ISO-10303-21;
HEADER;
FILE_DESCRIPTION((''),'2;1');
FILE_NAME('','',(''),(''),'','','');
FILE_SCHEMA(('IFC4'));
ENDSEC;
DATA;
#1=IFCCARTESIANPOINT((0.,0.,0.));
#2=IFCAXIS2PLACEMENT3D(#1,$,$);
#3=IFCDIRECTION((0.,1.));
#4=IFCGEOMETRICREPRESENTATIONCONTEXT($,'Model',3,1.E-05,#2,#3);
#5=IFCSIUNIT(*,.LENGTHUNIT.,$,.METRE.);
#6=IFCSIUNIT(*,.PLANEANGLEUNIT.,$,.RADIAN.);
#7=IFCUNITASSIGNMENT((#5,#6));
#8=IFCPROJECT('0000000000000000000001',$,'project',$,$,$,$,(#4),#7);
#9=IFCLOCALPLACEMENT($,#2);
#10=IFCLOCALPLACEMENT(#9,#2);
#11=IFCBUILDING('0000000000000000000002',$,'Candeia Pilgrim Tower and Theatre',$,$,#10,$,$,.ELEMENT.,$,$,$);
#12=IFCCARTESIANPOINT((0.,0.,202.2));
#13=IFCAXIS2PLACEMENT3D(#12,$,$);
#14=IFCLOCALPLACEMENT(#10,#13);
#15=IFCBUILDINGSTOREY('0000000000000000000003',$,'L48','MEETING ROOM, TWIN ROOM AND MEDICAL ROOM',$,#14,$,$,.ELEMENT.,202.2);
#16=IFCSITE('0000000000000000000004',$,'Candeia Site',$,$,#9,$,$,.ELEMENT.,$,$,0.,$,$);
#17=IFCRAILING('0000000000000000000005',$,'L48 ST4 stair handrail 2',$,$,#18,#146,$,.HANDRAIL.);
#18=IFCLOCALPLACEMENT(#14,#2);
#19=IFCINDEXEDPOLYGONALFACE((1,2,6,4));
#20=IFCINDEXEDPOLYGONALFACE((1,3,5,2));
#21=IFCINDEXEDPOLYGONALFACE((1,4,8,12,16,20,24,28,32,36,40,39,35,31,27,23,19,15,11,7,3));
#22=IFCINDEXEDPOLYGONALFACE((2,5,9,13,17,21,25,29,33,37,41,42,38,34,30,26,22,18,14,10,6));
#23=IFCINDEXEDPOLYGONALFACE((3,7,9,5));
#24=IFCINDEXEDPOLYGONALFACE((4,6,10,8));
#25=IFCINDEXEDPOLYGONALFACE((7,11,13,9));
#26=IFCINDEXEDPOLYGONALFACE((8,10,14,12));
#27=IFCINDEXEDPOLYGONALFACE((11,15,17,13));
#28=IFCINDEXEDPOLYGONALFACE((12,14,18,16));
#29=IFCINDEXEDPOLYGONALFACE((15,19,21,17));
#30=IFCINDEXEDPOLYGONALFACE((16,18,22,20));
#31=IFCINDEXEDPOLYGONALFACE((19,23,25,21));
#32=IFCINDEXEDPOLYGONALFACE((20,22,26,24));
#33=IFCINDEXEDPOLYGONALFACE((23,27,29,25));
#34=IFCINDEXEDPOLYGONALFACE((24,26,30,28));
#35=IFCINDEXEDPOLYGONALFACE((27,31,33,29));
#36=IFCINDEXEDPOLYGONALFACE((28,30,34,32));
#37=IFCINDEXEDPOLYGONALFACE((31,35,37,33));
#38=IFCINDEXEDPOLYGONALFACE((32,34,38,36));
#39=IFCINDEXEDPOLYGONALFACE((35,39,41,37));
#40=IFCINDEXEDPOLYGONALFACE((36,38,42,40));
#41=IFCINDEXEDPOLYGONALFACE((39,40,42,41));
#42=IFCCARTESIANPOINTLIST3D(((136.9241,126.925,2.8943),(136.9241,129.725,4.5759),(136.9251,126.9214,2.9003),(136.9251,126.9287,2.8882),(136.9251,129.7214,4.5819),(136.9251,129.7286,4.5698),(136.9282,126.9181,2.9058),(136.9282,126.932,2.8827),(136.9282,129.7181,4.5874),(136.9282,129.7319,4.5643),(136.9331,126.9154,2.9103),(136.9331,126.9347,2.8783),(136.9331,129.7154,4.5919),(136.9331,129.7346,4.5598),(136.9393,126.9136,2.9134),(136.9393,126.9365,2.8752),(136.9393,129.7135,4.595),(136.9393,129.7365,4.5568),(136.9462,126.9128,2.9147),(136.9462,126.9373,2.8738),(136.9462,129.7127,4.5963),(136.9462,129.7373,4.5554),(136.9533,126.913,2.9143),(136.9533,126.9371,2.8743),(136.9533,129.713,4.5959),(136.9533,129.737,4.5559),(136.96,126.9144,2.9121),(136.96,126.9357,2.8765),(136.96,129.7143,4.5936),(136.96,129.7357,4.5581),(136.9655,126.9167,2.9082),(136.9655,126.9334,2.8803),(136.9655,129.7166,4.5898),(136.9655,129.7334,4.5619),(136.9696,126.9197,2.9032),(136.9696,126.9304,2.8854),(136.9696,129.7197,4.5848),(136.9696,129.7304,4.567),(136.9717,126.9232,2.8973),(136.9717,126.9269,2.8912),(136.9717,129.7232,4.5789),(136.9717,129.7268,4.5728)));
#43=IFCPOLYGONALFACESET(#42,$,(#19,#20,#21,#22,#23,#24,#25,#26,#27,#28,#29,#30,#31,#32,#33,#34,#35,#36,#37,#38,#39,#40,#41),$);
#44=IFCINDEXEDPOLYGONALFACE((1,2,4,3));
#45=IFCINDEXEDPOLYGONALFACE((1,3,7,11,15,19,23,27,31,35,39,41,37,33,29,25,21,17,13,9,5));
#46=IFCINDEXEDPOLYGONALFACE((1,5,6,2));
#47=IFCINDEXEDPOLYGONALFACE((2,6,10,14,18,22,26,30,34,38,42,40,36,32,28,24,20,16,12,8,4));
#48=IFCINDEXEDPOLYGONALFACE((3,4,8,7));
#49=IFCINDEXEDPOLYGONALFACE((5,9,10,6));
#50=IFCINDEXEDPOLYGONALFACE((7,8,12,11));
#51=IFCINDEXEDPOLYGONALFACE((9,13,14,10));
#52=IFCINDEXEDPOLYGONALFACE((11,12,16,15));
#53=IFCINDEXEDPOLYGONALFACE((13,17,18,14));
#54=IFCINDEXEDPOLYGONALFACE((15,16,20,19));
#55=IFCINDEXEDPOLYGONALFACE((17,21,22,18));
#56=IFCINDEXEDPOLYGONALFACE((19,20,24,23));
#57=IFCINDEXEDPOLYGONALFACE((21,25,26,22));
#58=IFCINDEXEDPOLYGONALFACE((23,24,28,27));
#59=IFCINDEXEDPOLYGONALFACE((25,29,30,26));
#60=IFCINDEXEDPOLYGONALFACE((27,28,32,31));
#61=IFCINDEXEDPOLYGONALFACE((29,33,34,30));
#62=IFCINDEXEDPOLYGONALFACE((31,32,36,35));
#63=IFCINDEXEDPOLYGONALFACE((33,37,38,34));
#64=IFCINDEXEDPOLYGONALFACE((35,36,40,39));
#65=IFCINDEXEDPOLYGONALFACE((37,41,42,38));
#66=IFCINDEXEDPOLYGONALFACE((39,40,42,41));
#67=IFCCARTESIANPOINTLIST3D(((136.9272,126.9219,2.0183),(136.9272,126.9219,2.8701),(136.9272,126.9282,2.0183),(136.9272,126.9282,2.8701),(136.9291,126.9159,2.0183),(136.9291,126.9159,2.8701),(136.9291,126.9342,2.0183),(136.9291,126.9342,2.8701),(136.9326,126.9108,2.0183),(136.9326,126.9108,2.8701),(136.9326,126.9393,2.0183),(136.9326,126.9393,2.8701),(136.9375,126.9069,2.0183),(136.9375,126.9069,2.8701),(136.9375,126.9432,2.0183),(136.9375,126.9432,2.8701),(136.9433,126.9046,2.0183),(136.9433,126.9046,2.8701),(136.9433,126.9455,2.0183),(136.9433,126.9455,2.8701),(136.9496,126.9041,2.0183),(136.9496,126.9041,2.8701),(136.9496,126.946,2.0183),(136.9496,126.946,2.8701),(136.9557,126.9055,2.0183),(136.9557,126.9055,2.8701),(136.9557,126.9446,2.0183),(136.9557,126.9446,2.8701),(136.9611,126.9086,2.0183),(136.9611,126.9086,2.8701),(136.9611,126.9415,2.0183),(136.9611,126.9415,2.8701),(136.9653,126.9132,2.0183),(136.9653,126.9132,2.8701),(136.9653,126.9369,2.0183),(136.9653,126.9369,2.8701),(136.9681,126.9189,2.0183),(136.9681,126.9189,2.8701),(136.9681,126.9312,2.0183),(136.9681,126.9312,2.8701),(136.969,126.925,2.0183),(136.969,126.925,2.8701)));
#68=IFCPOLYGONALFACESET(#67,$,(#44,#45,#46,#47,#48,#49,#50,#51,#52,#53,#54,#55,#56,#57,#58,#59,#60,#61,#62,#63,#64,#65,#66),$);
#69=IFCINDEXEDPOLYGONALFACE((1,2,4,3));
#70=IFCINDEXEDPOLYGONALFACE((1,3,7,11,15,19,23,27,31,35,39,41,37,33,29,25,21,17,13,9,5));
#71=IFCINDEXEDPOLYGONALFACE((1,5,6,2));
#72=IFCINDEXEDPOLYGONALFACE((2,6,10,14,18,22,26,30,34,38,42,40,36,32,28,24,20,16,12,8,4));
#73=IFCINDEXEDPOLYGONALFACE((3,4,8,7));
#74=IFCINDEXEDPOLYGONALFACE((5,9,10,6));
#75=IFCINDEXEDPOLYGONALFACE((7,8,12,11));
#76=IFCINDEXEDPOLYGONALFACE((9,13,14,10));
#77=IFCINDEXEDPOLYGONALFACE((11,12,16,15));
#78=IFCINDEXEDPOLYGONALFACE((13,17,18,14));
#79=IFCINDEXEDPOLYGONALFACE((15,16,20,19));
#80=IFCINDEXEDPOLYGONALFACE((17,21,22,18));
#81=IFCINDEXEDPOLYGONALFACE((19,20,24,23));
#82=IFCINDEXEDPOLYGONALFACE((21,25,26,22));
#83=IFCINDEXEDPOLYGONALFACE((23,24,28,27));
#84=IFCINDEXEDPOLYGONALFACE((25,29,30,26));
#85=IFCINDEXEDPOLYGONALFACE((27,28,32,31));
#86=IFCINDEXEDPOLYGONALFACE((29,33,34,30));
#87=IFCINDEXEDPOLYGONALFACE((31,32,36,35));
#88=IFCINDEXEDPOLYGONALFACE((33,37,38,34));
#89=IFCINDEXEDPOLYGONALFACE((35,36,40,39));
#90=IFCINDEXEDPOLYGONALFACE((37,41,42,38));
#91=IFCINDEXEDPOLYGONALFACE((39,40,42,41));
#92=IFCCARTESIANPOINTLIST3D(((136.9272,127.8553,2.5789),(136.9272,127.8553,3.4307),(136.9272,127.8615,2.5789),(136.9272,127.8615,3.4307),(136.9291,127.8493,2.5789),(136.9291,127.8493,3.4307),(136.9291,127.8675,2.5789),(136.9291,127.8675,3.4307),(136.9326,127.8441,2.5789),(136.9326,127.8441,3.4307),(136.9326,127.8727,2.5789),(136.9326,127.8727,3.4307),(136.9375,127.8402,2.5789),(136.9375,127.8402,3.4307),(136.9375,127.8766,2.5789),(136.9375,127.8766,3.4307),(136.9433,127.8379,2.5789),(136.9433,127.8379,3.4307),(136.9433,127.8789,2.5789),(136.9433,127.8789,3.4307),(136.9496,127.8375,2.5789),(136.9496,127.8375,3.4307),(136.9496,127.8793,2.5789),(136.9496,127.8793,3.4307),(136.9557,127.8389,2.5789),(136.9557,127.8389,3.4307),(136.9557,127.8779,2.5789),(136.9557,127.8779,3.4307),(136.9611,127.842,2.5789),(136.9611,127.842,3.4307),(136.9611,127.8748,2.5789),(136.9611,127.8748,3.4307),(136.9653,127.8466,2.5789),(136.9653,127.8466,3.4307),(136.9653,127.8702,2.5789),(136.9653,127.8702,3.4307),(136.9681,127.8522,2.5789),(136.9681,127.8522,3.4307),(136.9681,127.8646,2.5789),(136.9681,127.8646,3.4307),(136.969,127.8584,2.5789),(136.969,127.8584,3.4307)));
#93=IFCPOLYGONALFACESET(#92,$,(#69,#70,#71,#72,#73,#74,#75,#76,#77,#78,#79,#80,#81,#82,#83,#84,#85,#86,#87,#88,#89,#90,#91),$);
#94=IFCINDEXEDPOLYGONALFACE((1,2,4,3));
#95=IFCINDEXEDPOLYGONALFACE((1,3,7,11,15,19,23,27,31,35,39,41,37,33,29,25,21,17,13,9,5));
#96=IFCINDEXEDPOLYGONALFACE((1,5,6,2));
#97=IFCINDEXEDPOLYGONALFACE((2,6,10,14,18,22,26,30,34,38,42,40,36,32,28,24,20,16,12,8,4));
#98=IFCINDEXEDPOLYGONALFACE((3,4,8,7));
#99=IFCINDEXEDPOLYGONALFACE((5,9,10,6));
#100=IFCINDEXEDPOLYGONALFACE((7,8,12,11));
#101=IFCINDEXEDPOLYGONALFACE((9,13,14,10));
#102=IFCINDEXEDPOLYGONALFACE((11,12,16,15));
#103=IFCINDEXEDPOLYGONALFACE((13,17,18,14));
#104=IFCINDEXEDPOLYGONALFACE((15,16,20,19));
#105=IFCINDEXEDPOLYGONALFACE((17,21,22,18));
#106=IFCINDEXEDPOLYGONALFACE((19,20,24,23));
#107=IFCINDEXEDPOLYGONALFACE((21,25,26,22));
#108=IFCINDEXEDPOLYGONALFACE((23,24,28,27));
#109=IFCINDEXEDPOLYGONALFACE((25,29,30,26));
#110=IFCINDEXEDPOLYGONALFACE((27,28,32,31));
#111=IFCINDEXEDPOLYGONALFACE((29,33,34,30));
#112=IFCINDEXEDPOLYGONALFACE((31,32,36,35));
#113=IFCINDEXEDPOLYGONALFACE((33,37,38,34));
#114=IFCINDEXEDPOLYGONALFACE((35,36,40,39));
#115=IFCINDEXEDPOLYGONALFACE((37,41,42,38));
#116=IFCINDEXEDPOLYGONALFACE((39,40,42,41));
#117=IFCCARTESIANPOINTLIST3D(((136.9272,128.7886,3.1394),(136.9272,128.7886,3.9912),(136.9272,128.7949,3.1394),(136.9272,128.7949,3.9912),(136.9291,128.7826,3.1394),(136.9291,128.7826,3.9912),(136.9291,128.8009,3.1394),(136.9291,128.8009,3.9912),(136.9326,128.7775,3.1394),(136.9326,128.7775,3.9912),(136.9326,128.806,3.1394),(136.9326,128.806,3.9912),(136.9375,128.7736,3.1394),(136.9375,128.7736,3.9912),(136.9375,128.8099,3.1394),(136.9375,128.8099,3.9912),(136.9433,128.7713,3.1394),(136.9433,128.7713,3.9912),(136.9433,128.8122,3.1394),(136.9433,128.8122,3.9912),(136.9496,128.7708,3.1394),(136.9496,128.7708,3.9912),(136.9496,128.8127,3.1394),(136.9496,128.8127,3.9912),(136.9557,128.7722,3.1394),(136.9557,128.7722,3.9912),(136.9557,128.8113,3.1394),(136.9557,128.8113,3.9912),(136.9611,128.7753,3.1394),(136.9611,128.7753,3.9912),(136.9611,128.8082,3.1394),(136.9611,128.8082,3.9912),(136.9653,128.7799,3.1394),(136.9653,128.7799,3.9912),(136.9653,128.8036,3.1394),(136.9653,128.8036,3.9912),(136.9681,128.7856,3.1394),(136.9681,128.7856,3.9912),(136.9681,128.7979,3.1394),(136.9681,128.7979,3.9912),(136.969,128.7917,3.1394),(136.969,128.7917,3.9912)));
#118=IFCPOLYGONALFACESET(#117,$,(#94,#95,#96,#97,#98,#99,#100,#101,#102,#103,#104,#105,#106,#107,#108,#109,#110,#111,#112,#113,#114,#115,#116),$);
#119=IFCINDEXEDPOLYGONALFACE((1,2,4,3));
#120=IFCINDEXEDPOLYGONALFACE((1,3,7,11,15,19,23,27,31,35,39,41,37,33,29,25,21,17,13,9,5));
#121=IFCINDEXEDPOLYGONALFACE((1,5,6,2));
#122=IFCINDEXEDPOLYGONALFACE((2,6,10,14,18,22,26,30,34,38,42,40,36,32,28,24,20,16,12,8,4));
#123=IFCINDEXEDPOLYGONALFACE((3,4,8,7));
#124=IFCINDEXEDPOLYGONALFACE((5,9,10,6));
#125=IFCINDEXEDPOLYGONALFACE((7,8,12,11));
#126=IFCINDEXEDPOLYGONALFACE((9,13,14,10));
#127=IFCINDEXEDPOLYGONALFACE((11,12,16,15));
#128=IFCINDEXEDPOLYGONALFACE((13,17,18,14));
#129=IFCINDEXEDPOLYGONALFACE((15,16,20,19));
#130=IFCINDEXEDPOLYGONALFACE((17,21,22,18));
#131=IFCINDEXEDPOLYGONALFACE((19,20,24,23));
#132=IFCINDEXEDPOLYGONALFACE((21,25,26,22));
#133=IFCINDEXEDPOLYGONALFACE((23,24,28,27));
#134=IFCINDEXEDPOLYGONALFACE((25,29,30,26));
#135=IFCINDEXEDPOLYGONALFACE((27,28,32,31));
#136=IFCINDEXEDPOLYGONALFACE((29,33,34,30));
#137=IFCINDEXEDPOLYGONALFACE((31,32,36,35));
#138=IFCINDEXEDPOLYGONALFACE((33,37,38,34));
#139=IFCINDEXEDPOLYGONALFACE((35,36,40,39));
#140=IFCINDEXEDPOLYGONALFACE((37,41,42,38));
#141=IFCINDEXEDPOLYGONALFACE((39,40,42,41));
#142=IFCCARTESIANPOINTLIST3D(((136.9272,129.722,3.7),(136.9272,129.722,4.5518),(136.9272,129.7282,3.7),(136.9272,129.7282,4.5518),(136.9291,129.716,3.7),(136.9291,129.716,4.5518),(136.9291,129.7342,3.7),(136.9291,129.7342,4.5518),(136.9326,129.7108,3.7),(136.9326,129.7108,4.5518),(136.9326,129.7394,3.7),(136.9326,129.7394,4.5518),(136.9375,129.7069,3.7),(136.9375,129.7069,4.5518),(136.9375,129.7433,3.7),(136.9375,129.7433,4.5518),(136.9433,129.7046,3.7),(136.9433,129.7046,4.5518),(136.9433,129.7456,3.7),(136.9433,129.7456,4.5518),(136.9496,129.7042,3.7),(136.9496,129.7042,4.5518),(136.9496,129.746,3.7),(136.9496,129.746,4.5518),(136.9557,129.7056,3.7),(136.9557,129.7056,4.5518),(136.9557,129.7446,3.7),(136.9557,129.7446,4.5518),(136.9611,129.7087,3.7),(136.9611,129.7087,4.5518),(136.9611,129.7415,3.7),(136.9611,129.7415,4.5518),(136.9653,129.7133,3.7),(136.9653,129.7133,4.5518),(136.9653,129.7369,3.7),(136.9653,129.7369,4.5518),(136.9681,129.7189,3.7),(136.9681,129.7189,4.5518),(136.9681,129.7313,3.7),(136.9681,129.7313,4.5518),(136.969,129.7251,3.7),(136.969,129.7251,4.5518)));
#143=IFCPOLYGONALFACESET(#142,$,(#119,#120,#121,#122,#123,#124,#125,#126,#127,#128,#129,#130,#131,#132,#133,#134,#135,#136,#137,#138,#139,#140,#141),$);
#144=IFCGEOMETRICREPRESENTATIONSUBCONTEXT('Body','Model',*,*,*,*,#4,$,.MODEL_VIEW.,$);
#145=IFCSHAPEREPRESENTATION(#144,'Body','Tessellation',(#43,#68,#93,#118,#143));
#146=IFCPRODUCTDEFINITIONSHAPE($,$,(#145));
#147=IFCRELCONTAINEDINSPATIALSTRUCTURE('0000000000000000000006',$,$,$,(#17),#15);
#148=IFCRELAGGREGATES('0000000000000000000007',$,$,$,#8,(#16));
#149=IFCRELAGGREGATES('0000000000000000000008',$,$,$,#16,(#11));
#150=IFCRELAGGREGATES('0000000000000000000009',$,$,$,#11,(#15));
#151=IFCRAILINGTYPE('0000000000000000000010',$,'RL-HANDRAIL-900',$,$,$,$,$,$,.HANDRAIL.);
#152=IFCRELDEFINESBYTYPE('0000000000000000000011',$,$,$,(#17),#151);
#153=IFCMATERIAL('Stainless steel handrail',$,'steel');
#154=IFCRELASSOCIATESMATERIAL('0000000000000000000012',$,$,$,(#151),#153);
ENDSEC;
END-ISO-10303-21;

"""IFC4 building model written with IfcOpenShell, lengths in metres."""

from ifc_helpers import new_model, si_unit, direction, frame, origin, origin_2d, place, context, subcontext, project, spatial, circle, extrude, material, type_object, element, save


model = new_model("IFC4")

# Units and contexts
model_context = context("Model", 3, precision=1e-05, world=origin(), true_north=direction((0.0, 1.0)))
body_context = subcontext(model_context, "Body", "Model", "MODEL_VIEW")
ifc_project = project(units=[si_unit("LENGTHUNIT", "METRE"), si_unit("PLANEANGLEUNIT", "RADIAN")], contexts=[model_context])

# Site, building, storey
site_placement = place(None, origin())
site = spatial("IfcSite", under=ifc_project, at=site_placement, Name="Candeia Site", CompositionType="ELEMENT", RefElevation=0.0)
building_placement = place(site_placement, origin())
building = spatial("IfcBuilding", under=site, at=building_placement, Name="Candeia Pilgrim Tower and Theatre", CompositionType="ELEMENT")
storey_placement = place(building_placement, frame((0.0, 0.0, 202.2)))
storey = spatial("IfcBuildingStorey", under=building, at=storey_placement, Name="L48", Description="MEETING ROOM, TWIN ROOM AND MEDICAL ROOM", CompositionType="ELEMENT", Elevation=202.2)

# Railing
ifc_material_1 = material(Name="Stainless steel handrail", Category="steel")
railing_type_1 = type_object("IfcRailingType", Name="RL-HANDRAIL-900", PredefinedType="HANDRAIL", material=ifc_material_1)
railing_1_placement = place(storey_placement, frame((136.948, 126.925, 2.0183)))
element("IfcRailing", 1, at=railing_1_placement, inside=storey, type_object=railing_type_1, Name="L48 ST4 stair handrail 2", PredefinedType="HANDRAIL", context=body_context, shape_type="SweptSolid", body=[
    extrude(circle(Radius=0.0239, at=origin_2d()), frame((0.0, 0.0, 0.876), z_axis=(0.0, 0.857275, 0.514858), x_axis=(-1.0, 0.0, 0.0)), (0.0, 0.0, 1.0), 3.2661),
    extrude(circle(Radius=0.021, at=origin_2d()), origin(), (0.0, 0.0, 1.0), 0.8518),
    extrude(circle(Radius=0.021, at=origin_2d()), frame((0.0, 0.9333, 0.5605)), (0.0, 0.0, 1.0), 0.8518),
    extrude(circle(Radius=0.021, at=origin_2d()), frame((0.0, 1.8667, 1.1211)), (0.0, 0.0, 1.0), 0.8518),
    extrude(circle(Radius=0.021, at=origin_2d()), frame((0.0, 2.8, 1.6816)), (0.0, 0.0, 1.0), 0.8518),
])

save(model, "model.ifc")
